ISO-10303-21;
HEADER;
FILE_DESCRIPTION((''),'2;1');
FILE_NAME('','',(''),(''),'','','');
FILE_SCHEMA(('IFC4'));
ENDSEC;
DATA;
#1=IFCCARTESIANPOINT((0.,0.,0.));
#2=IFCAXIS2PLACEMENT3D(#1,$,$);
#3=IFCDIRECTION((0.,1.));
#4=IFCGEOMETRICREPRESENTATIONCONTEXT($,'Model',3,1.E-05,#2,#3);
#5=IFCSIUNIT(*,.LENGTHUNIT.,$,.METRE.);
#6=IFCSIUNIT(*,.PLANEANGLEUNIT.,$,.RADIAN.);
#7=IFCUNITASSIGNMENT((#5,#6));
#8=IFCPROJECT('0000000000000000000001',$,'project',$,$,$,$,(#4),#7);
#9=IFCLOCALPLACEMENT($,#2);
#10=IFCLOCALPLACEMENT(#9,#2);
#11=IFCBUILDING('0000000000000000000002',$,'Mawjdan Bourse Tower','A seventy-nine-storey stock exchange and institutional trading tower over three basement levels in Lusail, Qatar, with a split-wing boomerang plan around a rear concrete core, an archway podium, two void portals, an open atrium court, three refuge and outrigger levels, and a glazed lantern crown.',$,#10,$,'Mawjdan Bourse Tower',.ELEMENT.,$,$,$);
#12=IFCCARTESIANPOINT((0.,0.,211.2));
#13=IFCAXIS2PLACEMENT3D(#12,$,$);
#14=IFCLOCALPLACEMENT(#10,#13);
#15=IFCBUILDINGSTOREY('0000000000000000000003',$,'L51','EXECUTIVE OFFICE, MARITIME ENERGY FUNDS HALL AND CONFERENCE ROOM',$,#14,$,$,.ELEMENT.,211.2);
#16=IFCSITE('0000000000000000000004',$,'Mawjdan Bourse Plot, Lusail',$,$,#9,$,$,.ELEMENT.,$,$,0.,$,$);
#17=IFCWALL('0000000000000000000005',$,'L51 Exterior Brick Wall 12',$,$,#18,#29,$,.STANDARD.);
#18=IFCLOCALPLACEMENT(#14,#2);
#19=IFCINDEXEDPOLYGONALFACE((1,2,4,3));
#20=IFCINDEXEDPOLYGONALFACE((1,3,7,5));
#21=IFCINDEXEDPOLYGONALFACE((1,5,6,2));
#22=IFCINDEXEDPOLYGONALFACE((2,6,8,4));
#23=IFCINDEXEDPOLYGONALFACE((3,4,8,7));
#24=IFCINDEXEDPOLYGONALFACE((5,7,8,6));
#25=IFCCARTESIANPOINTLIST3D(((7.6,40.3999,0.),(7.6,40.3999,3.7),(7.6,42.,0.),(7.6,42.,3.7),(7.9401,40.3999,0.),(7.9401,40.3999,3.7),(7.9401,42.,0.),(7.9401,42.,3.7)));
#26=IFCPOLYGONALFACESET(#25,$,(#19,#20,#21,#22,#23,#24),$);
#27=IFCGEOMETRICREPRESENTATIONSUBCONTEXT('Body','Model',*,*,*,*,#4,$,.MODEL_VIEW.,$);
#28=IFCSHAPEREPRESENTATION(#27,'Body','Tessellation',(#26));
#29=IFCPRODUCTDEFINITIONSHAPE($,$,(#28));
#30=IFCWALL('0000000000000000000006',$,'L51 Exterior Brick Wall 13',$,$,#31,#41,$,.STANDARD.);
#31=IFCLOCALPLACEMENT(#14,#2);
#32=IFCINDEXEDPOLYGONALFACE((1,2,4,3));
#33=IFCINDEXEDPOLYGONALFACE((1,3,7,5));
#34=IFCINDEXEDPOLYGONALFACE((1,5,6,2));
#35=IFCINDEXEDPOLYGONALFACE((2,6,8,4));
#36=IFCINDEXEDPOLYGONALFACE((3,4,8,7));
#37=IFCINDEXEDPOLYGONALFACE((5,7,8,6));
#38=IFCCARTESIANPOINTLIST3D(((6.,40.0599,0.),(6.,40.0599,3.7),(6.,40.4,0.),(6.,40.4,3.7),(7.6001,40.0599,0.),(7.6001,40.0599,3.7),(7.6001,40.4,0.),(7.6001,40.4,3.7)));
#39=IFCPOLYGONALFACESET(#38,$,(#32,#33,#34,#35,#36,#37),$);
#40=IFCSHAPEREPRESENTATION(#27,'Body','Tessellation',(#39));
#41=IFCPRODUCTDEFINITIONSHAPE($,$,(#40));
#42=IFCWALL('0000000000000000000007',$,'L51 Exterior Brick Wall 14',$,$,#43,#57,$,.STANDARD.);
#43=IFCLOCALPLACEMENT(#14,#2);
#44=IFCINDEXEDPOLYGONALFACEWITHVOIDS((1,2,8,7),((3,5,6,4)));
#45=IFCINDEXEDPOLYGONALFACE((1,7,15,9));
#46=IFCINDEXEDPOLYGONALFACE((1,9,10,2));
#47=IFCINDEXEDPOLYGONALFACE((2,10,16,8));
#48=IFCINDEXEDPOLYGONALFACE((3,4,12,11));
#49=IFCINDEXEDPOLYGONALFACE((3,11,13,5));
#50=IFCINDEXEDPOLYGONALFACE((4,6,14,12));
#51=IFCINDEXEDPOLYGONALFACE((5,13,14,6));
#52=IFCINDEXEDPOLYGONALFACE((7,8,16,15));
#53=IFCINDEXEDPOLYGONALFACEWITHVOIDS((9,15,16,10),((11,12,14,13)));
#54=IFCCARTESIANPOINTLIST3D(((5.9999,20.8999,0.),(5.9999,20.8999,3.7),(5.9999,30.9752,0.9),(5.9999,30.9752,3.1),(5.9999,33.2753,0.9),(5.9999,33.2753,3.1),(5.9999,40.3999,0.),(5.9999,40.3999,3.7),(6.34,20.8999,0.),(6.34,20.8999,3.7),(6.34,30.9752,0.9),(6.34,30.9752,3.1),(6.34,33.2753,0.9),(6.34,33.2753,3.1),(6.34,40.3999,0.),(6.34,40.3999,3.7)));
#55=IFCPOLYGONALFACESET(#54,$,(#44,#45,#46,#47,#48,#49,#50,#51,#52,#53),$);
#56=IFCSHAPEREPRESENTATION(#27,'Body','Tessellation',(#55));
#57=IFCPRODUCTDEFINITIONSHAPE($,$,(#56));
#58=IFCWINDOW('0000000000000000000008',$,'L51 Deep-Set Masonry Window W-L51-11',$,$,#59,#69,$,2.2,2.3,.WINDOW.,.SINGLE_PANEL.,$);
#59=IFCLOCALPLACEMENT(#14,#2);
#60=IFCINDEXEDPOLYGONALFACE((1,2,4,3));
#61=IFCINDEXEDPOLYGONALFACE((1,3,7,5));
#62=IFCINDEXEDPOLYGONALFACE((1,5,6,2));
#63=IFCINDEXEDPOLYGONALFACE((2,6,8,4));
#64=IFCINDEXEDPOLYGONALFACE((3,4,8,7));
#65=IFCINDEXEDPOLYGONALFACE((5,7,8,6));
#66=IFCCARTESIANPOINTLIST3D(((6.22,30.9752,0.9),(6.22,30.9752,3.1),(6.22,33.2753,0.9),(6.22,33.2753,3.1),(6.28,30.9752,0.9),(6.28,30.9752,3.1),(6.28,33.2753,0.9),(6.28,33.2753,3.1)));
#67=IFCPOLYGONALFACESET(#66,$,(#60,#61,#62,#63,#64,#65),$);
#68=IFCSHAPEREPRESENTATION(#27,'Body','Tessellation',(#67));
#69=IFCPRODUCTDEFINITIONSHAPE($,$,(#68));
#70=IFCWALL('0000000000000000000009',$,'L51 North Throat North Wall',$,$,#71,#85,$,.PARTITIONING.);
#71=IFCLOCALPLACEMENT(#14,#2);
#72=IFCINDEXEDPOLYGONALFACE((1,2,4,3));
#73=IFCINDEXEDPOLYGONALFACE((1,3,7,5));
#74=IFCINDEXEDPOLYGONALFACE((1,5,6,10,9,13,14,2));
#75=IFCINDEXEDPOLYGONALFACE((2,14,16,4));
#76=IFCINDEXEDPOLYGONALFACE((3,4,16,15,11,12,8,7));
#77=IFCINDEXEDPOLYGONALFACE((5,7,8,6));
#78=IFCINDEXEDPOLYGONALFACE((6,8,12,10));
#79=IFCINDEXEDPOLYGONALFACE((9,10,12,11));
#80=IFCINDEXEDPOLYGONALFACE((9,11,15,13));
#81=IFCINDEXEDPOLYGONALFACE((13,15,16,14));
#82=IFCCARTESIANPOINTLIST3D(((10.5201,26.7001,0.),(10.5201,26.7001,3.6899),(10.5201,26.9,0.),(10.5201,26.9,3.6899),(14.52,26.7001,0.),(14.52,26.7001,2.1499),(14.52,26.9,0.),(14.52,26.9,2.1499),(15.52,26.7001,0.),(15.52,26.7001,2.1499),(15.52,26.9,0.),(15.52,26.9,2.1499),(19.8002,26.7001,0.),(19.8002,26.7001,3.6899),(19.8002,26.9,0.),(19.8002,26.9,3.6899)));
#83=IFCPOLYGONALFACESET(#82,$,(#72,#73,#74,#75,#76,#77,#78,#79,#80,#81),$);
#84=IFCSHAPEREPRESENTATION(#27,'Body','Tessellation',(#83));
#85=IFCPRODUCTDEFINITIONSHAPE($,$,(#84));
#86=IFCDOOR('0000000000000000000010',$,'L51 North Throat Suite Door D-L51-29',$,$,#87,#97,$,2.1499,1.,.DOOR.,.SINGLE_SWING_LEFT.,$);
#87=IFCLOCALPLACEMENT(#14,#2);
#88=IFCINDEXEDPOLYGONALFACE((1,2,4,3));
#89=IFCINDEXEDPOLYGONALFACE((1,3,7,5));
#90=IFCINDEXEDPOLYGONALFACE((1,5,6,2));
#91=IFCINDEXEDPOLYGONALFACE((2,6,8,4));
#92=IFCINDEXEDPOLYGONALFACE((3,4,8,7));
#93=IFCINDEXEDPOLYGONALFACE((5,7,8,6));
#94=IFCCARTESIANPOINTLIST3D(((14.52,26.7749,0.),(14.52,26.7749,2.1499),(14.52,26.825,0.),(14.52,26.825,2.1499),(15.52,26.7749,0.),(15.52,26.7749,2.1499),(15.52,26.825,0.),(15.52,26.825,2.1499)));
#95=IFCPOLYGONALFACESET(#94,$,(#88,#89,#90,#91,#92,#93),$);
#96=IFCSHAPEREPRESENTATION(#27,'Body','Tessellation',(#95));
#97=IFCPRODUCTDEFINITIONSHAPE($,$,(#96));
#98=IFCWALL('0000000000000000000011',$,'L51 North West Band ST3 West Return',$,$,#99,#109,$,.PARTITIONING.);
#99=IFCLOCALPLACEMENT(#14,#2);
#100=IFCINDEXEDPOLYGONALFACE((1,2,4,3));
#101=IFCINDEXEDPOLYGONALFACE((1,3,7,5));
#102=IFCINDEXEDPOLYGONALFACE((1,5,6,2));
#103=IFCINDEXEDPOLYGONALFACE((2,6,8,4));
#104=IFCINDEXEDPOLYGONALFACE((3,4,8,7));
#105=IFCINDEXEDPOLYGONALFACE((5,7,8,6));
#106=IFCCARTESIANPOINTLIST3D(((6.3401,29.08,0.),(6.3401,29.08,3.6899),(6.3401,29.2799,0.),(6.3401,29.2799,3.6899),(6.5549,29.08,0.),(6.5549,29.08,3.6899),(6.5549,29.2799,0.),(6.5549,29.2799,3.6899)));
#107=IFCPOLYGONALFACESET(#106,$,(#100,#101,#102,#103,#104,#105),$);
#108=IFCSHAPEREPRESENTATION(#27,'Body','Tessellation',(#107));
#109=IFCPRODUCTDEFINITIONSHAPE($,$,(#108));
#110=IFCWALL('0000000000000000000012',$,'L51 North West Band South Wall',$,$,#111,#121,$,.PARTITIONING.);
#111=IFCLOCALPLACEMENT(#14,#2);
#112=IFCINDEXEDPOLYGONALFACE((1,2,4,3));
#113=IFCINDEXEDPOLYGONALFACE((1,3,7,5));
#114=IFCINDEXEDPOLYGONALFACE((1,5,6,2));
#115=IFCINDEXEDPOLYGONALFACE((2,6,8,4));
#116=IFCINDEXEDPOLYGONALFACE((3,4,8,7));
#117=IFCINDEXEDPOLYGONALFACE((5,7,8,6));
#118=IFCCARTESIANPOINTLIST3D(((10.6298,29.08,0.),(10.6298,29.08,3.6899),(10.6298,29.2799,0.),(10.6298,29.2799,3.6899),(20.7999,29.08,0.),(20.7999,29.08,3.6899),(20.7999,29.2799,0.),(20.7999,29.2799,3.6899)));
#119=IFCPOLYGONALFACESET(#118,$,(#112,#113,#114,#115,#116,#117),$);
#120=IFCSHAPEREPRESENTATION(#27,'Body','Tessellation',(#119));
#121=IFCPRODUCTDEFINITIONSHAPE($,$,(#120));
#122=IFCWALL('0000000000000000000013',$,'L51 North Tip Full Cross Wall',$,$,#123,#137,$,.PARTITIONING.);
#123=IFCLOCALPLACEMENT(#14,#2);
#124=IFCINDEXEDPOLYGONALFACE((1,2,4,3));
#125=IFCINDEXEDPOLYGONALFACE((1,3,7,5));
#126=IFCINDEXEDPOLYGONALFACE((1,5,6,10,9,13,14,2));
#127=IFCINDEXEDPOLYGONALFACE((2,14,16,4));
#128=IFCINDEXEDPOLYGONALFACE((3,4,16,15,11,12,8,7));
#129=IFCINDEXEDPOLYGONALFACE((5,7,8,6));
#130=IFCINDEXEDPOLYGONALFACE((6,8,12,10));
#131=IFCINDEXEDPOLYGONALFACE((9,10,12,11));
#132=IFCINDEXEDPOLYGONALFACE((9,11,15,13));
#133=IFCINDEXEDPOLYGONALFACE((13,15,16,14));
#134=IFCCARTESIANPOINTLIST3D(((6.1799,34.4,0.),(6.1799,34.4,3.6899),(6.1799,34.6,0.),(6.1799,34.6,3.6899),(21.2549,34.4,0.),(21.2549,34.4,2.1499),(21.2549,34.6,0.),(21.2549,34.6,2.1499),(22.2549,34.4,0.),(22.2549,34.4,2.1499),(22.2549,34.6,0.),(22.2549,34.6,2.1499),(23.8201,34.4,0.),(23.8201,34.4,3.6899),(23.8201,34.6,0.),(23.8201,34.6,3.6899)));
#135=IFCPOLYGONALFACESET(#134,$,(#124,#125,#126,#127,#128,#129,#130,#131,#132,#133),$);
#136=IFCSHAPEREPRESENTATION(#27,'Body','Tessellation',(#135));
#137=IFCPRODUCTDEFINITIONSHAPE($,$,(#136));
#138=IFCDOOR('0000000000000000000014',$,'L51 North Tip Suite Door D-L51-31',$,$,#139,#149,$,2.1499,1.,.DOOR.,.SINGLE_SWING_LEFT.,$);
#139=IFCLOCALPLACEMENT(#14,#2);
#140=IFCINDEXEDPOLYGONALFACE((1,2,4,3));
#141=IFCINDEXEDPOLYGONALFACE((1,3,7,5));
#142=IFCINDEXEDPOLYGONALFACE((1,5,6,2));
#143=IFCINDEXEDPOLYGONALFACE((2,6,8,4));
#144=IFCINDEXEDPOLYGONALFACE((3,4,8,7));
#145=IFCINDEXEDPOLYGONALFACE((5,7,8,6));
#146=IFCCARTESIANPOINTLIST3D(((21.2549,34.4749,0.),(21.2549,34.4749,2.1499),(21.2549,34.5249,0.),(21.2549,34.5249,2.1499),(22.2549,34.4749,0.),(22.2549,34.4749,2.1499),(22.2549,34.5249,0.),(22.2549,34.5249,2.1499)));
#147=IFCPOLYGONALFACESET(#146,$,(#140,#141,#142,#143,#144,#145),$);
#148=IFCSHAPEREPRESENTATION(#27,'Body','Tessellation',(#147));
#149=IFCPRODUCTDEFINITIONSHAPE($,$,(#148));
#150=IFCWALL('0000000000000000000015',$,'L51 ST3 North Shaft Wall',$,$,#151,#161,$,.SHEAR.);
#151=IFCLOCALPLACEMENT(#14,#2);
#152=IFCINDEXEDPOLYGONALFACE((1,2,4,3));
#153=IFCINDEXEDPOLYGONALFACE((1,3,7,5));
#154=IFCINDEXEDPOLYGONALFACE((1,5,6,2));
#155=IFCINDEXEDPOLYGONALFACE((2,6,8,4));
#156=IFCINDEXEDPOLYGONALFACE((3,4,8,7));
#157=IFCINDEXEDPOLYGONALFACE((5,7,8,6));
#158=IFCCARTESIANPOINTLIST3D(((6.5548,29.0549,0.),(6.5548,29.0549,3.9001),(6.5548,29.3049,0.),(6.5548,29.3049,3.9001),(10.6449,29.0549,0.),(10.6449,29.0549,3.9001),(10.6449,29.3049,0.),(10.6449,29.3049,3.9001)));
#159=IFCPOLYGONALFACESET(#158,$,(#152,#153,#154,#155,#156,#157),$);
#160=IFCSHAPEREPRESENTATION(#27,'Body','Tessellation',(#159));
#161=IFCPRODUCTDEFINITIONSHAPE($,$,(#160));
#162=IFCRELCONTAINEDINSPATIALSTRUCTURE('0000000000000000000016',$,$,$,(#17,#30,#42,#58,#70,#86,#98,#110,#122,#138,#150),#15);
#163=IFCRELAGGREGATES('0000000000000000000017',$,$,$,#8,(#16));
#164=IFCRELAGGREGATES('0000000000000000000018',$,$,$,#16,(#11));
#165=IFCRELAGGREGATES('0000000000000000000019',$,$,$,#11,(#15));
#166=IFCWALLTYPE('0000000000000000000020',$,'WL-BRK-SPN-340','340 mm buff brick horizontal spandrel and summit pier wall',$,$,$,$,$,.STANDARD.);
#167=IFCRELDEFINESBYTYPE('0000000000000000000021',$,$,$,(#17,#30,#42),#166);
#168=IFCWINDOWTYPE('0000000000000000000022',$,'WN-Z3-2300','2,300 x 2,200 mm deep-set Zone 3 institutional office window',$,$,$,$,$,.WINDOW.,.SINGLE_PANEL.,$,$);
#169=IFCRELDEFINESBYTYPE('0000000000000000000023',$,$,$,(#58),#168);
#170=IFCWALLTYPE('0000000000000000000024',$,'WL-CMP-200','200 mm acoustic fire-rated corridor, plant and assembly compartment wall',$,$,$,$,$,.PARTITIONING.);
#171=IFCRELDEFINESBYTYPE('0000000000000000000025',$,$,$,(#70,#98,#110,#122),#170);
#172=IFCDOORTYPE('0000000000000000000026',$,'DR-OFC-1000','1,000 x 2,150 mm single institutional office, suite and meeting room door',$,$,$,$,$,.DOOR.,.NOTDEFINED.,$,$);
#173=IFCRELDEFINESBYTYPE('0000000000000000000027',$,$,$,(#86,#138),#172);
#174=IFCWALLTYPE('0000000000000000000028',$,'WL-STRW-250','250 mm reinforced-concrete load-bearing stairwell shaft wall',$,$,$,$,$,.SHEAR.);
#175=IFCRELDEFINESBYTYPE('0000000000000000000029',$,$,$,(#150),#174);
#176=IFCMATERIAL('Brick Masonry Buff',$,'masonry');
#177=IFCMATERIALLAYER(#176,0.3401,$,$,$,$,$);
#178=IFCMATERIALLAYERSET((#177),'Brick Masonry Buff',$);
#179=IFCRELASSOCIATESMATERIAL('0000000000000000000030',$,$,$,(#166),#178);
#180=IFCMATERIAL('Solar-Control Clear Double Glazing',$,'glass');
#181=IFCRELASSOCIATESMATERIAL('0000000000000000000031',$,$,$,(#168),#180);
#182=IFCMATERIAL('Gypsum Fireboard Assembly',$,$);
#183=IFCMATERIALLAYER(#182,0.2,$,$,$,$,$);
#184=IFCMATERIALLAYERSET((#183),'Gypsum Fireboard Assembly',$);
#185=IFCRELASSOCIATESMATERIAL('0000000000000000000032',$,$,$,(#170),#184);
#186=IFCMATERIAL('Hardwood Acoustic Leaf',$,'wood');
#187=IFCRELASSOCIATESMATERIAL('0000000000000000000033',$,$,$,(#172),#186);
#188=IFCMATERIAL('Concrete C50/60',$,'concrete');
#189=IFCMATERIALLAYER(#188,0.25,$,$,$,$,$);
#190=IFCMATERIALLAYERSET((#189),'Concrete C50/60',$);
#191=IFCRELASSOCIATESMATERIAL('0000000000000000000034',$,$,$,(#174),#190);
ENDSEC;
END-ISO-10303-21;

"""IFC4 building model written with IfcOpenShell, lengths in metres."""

from ifc_helpers import new_model, si_unit, direction, frame, frame_2d, origin, place, context, subcontext, project, spatial, rectangle, extrude, material, layer, layer_set, type_object, element, fill, save


model = new_model("IFC4")

# Units and contexts
model_context = context("Model", 3, precision=1e-05, world=origin(), true_north=direction((0.0, 1.0)))
body_context = subcontext(model_context, "Body", "Model", "MODEL_VIEW")
ifc_project = project(units=[si_unit("LENGTHUNIT", "METRE"), si_unit("PLANEANGLEUNIT", "RADIAN")], contexts=[model_context])

# Site, building, storey
site_placement = place(None, origin())
site = spatial("IfcSite", under=ifc_project, at=site_placement, Name="Mawjdan Bourse Plot, Lusail", CompositionType="ELEMENT", RefElevation=0.0)
building_placement = place(site_placement, origin())
building = spatial("IfcBuilding", under=site, at=building_placement, Name="Mawjdan Bourse Tower", Description="A seventy-nine-storey stock exchange and institutional trading tower over three basement levels in Lusail, Qatar, with a split-wing boomerang plan around a rear concrete core, an archway podium, two void portals, an open atrium court, three refuge and outrigger levels, and a glazed lantern crown.", LongName="Mawjdan Bourse Tower", CompositionType="ELEMENT")
storey_placement = place(building_placement, frame((0.0, 0.0, 211.2)))
storey = spatial("IfcBuildingStorey", under=building, at=storey_placement, Name="L51", Description="EXECUTIVE OFFICE, MARITIME ENERGY FUNDS HALL AND CONFERENCE ROOM", CompositionType="ELEMENT", Elevation=211.2)

# Walls
ifc_material_1 = material(Name="Brick Masonry Buff", Category="masonry")
ifc_layer_1 = layer(ifc_material_1, 0.3401)
ifc_layer_set_1 = layer_set([ifc_layer_1], Name="Brick Masonry Buff")
wall_type_1 = type_object("IfcWallType", Name="WL-BRK-SPN-340", Description="340 mm buff brick horizontal spandrel and summit pier wall", PredefinedType="STANDARD", material=ifc_layer_set_1)
for number, where, z_axis, x_axis, name in (
    (1, (7.77, 42.0, 0.0), (0.0, 0.0, 1.0), (0.0, -1.0, 0.0), "L51 Exterior Brick Wall 12"),
    (2, (7.6001, 40.23, 0.0), (0.0, 0.0, 1.0), (-1.0, 0.0, 0.0), "L51 Exterior Brick Wall 13"),
):
    element("IfcWall", number, at=place(storey_placement, frame(where, z_axis=z_axis, x_axis=x_axis)), inside=storey, type_object=wall_type_1, Name=name, PredefinedType="STANDARD", context=body_context, shape_type="SweptSolid", body=[
        extrude(rectangle(XDim=1.6001, YDim=0.3401, at=frame_2d((0.8, 0.0))), origin(), (0.0, 0.0, 1.0), 3.7),
    ])

# Wall, opening, window
wall_1_placement = place(storey_placement, frame((6.1699, 40.3999, 0.0), z_axis=(0.0, 0.0, 1.0), x_axis=(0.0, -1.0, 0.0)))
wall_1 = element("IfcWall", 3, at=wall_1_placement, inside=storey, type_object=wall_type_1, Name="L51 Exterior Brick Wall 14", PredefinedType="STANDARD", context=body_context, shape_type="SweptSolid", body=[
    extrude(rectangle(XDim=19.5, YDim=0.3401, at=frame_2d((9.75, 0.0))), origin(), (0.0, 0.0, 1.0), 3.7),
])
opening_1_placement = place(wall_1_placement, frame((7.1248, 0.0, 0.8999)))
opening_1 = element("IfcOpeningElement", 4, at=opening_1_placement, cuts=wall_1, PredefinedType="OPENING", context=body_context, shape_type="SweptSolid", body=[
    extrude(rectangle(XDim=2.3, YDim=2.2, at=frame_2d((1.1499, 1.1001))), frame((0.0, 0.1802, 0.0), z_axis=(0.0, -1.0, 0.0), x_axis=(1.0, 0.0, 0.0)), (0.0, 0.0, 1.0), 0.3601),
])
ifc_material_2 = material(Name="Solar-Control Clear Double Glazing", Category="glass")
window_type = type_object("IfcWindowType", Name="WN-Z3-2300", Description="2,300 x 2,200 mm deep-set Zone 3 institutional office window", PartitioningType="SINGLE_PANEL", PredefinedType="WINDOW", material=ifc_material_2)
window_placement = place(opening_1_placement, origin())
window = element("IfcWindow", 5, at=window_placement, inside=storey, type_object=window_type, Name="L51 Deep-Set Masonry Window W-L51-11", OverallHeight=2.2, OverallWidth=2.3, PartitioningType="SINGLE_PANEL", PredefinedType="WINDOW", context=body_context, shape_type="SweptSolid", body=[
    extrude(rectangle(XDim=2.3, YDim=2.2, at=frame_2d((1.1499, 1.1001))), frame((0.0, 0.1101, 0.0), z_axis=(0.0, -1.0, 0.0), x_axis=(1.0, 0.0, 0.0)), (0.0, 0.0, 1.0), 0.0601),
])
fill(opening_1, window)

# Wall, opening, door
ifc_material_3 = material(Name="Gypsum Fireboard Assembly")
ifc_layer_2 = layer(ifc_material_3, 0.2)
ifc_layer_set_2 = layer_set([ifc_layer_2], Name="Gypsum Fireboard Assembly")
wall_type_2 = type_object("IfcWallType", Name="WL-CMP-200", Description="200 mm acoustic fire-rated corridor, plant and assembly compartment wall", PredefinedType="PARTITIONING", material=ifc_layer_set_2)
wall_2_placement = place(storey_placement, frame((10.52, 26.8, 0.0), z_axis=(0.0, 0.0, 1.0), x_axis=(1.0, 0.0, 0.0)))
wall_2 = element("IfcWall", 6, at=wall_2_placement, inside=storey, type_object=wall_type_2, Name="L51 North Throat North Wall", PredefinedType="PARTITIONING", context=body_context, shape_type="SweptSolid", body=[
    extrude(rectangle(XDim=9.28, YDim=0.2, at=frame_2d((4.6401, 0.0))), origin(), (0.0, 0.0, 1.0), 3.6899),
])
opening_2_placement = place(wall_2_placement, frame((4.0, 0.0, 0.0)))
opening_2 = element("IfcOpeningElement", 7, at=opening_2_placement, cuts=wall_2, PredefinedType="OPENING", context=body_context, shape_type="SweptSolid", body=[
    extrude(rectangle(XDim=1.0, YDim=2.1499, at=frame_2d((0.5, 1.075))), frame((0.0, 0.1099, 0.0), z_axis=(0.0, -1.0, 0.0), x_axis=(1.0, 0.0, 0.0)), (0.0, 0.0, 1.0), 0.22),
])
ifc_material_4 = material(Name="Hardwood Acoustic Leaf", Category="wood")
door_type = type_object("IfcDoorType", Name="DR-OFC-1000", Description="1,000 x 2,150 mm single institutional office, suite and meeting room door", OperationType="NOTDEFINED", PredefinedType="DOOR", material=ifc_material_4)
door_1_placement = place(opening_2_placement, origin())
door_1 = element("IfcDoor", 8, at=door_1_placement, inside=storey, type_object=door_type, Name="L51 North Throat Suite Door D-L51-29", OperationType="SINGLE_SWING_LEFT", OverallHeight=2.1499, OverallWidth=1.0, PredefinedType="DOOR", context=body_context, shape_type="SweptSolid", body=[
    extrude(rectangle(XDim=1.0, YDim=2.1499, at=frame_2d((0.5, 1.075))), frame((0.0, 0.0249, 0.0), z_axis=(0.0, -1.0, 0.0), x_axis=(1.0, 0.0, 0.0)), (0.0, 0.0, 1.0), 0.05),
])
fill(opening_2, door_1)

# Walls
wall_3_placement = place(storey_placement, frame((6.3401, 29.1799, 0.0), z_axis=(0.0, 0.0, 1.0), x_axis=(1.0, 0.0, 0.0)))
element("IfcWall", 9, at=wall_3_placement, inside=storey, type_object=wall_type_2, Name="L51 North West Band ST3 West Return", PredefinedType="PARTITIONING", context=body_context, shape_type="SweptSolid", body=[
    extrude(rectangle(XDim=0.2148, YDim=0.2, at=frame_2d((0.1074, 0.0))), origin(), (0.0, 0.0, 1.0), 3.6899),
])
wall_4_placement = place(storey_placement, frame((10.6299, 29.1799, 0.0), z_axis=(0.0, 0.0, 1.0), x_axis=(1.0, 0.0, 0.0)))
element("IfcWall", 10, at=wall_4_placement, inside=storey, type_object=wall_type_2, Name="L51 North West Band South Wall", PredefinedType="PARTITIONING", context=body_context, shape_type="SweptSolid", body=[
    extrude(rectangle(XDim=10.1702, YDim=0.2, at=frame_2d((5.085, 0.0))), origin(), (0.0, 0.0, 1.0), 3.6899),
])

# Wall, opening, door
wall_5_placement = place(storey_placement, frame((6.1799, 34.5, 0.0), z_axis=(0.0, 0.0, 1.0), x_axis=(1.0, 0.0, 0.0)))
wall_5 = element("IfcWall", 11, at=wall_5_placement, inside=storey, type_object=wall_type_2, Name="L51 North Tip Full Cross Wall", PredefinedType="PARTITIONING", context=body_context, shape_type="SweptSolid", body=[
    extrude(rectangle(XDim=17.6401, YDim=0.2, at=frame_2d((8.8201, 0.0))), origin(), (0.0, 0.0, 1.0), 3.6899),
])
opening_3_placement = place(wall_5_placement, frame((15.075, 0.0, 0.0)))
opening_3 = element("IfcOpeningElement", 12, at=opening_3_placement, cuts=wall_5, PredefinedType="OPENING", context=body_context, shape_type="SweptSolid", body=[
    extrude(rectangle(XDim=1.0, YDim=2.1499, at=frame_2d((0.5, 1.075))), frame((0.0, 0.1099, 0.0), z_axis=(0.0, -1.0, 0.0), x_axis=(1.0, 0.0, 0.0)), (0.0, 0.0, 1.0), 0.22),
])
door_2_placement = place(opening_3_placement, origin())
door_2 = element("IfcDoor", 13, at=door_2_placement, inside=storey, type_object=door_type, Name="L51 North Tip Suite Door D-L51-31", OperationType="SINGLE_SWING_LEFT", OverallHeight=2.1499, OverallWidth=1.0, PredefinedType="DOOR", context=body_context, shape_type="SweptSolid", body=[
    extrude(rectangle(XDim=1.0, YDim=2.1499, at=frame_2d((0.5, 1.075))), frame((0.0, 0.0249, 0.0), z_axis=(0.0, -1.0, 0.0), x_axis=(1.0, 0.0, 0.0)), (0.0, 0.0, 1.0), 0.05),
])
fill(opening_3, door_2)

# Wall
ifc_material_5 = material(Name="Concrete C50/60", Category="concrete")
ifc_layer_3 = layer(ifc_material_5, 0.25)
ifc_layer_set_3 = layer_set([ifc_layer_3], Name="Concrete C50/60")
wall_type_3 = type_object("IfcWallType", Name="WL-STRW-250", Description="250 mm reinforced-concrete load-bearing stairwell shaft wall", PredefinedType="SHEAR", material=ifc_layer_set_3)
wall_6_placement = place(storey_placement, frame((6.5549, 29.1799, 0.0), z_axis=(0.0, 0.0, 1.0), x_axis=(1.0, 0.0, 0.0)))
element("IfcWall", 14, at=wall_6_placement, inside=storey, type_object=wall_type_3, Name="L51 ST3 North Shaft Wall", PredefinedType="SHEAR", context=body_context, shape_type="SweptSolid", body=[
    extrude(rectangle(XDim=4.0901, YDim=0.25, at=frame_2d((2.0449, 0.0))), origin(), (0.0, 0.0, 1.0), 3.9001),
])

save(model, "model.ifc")
